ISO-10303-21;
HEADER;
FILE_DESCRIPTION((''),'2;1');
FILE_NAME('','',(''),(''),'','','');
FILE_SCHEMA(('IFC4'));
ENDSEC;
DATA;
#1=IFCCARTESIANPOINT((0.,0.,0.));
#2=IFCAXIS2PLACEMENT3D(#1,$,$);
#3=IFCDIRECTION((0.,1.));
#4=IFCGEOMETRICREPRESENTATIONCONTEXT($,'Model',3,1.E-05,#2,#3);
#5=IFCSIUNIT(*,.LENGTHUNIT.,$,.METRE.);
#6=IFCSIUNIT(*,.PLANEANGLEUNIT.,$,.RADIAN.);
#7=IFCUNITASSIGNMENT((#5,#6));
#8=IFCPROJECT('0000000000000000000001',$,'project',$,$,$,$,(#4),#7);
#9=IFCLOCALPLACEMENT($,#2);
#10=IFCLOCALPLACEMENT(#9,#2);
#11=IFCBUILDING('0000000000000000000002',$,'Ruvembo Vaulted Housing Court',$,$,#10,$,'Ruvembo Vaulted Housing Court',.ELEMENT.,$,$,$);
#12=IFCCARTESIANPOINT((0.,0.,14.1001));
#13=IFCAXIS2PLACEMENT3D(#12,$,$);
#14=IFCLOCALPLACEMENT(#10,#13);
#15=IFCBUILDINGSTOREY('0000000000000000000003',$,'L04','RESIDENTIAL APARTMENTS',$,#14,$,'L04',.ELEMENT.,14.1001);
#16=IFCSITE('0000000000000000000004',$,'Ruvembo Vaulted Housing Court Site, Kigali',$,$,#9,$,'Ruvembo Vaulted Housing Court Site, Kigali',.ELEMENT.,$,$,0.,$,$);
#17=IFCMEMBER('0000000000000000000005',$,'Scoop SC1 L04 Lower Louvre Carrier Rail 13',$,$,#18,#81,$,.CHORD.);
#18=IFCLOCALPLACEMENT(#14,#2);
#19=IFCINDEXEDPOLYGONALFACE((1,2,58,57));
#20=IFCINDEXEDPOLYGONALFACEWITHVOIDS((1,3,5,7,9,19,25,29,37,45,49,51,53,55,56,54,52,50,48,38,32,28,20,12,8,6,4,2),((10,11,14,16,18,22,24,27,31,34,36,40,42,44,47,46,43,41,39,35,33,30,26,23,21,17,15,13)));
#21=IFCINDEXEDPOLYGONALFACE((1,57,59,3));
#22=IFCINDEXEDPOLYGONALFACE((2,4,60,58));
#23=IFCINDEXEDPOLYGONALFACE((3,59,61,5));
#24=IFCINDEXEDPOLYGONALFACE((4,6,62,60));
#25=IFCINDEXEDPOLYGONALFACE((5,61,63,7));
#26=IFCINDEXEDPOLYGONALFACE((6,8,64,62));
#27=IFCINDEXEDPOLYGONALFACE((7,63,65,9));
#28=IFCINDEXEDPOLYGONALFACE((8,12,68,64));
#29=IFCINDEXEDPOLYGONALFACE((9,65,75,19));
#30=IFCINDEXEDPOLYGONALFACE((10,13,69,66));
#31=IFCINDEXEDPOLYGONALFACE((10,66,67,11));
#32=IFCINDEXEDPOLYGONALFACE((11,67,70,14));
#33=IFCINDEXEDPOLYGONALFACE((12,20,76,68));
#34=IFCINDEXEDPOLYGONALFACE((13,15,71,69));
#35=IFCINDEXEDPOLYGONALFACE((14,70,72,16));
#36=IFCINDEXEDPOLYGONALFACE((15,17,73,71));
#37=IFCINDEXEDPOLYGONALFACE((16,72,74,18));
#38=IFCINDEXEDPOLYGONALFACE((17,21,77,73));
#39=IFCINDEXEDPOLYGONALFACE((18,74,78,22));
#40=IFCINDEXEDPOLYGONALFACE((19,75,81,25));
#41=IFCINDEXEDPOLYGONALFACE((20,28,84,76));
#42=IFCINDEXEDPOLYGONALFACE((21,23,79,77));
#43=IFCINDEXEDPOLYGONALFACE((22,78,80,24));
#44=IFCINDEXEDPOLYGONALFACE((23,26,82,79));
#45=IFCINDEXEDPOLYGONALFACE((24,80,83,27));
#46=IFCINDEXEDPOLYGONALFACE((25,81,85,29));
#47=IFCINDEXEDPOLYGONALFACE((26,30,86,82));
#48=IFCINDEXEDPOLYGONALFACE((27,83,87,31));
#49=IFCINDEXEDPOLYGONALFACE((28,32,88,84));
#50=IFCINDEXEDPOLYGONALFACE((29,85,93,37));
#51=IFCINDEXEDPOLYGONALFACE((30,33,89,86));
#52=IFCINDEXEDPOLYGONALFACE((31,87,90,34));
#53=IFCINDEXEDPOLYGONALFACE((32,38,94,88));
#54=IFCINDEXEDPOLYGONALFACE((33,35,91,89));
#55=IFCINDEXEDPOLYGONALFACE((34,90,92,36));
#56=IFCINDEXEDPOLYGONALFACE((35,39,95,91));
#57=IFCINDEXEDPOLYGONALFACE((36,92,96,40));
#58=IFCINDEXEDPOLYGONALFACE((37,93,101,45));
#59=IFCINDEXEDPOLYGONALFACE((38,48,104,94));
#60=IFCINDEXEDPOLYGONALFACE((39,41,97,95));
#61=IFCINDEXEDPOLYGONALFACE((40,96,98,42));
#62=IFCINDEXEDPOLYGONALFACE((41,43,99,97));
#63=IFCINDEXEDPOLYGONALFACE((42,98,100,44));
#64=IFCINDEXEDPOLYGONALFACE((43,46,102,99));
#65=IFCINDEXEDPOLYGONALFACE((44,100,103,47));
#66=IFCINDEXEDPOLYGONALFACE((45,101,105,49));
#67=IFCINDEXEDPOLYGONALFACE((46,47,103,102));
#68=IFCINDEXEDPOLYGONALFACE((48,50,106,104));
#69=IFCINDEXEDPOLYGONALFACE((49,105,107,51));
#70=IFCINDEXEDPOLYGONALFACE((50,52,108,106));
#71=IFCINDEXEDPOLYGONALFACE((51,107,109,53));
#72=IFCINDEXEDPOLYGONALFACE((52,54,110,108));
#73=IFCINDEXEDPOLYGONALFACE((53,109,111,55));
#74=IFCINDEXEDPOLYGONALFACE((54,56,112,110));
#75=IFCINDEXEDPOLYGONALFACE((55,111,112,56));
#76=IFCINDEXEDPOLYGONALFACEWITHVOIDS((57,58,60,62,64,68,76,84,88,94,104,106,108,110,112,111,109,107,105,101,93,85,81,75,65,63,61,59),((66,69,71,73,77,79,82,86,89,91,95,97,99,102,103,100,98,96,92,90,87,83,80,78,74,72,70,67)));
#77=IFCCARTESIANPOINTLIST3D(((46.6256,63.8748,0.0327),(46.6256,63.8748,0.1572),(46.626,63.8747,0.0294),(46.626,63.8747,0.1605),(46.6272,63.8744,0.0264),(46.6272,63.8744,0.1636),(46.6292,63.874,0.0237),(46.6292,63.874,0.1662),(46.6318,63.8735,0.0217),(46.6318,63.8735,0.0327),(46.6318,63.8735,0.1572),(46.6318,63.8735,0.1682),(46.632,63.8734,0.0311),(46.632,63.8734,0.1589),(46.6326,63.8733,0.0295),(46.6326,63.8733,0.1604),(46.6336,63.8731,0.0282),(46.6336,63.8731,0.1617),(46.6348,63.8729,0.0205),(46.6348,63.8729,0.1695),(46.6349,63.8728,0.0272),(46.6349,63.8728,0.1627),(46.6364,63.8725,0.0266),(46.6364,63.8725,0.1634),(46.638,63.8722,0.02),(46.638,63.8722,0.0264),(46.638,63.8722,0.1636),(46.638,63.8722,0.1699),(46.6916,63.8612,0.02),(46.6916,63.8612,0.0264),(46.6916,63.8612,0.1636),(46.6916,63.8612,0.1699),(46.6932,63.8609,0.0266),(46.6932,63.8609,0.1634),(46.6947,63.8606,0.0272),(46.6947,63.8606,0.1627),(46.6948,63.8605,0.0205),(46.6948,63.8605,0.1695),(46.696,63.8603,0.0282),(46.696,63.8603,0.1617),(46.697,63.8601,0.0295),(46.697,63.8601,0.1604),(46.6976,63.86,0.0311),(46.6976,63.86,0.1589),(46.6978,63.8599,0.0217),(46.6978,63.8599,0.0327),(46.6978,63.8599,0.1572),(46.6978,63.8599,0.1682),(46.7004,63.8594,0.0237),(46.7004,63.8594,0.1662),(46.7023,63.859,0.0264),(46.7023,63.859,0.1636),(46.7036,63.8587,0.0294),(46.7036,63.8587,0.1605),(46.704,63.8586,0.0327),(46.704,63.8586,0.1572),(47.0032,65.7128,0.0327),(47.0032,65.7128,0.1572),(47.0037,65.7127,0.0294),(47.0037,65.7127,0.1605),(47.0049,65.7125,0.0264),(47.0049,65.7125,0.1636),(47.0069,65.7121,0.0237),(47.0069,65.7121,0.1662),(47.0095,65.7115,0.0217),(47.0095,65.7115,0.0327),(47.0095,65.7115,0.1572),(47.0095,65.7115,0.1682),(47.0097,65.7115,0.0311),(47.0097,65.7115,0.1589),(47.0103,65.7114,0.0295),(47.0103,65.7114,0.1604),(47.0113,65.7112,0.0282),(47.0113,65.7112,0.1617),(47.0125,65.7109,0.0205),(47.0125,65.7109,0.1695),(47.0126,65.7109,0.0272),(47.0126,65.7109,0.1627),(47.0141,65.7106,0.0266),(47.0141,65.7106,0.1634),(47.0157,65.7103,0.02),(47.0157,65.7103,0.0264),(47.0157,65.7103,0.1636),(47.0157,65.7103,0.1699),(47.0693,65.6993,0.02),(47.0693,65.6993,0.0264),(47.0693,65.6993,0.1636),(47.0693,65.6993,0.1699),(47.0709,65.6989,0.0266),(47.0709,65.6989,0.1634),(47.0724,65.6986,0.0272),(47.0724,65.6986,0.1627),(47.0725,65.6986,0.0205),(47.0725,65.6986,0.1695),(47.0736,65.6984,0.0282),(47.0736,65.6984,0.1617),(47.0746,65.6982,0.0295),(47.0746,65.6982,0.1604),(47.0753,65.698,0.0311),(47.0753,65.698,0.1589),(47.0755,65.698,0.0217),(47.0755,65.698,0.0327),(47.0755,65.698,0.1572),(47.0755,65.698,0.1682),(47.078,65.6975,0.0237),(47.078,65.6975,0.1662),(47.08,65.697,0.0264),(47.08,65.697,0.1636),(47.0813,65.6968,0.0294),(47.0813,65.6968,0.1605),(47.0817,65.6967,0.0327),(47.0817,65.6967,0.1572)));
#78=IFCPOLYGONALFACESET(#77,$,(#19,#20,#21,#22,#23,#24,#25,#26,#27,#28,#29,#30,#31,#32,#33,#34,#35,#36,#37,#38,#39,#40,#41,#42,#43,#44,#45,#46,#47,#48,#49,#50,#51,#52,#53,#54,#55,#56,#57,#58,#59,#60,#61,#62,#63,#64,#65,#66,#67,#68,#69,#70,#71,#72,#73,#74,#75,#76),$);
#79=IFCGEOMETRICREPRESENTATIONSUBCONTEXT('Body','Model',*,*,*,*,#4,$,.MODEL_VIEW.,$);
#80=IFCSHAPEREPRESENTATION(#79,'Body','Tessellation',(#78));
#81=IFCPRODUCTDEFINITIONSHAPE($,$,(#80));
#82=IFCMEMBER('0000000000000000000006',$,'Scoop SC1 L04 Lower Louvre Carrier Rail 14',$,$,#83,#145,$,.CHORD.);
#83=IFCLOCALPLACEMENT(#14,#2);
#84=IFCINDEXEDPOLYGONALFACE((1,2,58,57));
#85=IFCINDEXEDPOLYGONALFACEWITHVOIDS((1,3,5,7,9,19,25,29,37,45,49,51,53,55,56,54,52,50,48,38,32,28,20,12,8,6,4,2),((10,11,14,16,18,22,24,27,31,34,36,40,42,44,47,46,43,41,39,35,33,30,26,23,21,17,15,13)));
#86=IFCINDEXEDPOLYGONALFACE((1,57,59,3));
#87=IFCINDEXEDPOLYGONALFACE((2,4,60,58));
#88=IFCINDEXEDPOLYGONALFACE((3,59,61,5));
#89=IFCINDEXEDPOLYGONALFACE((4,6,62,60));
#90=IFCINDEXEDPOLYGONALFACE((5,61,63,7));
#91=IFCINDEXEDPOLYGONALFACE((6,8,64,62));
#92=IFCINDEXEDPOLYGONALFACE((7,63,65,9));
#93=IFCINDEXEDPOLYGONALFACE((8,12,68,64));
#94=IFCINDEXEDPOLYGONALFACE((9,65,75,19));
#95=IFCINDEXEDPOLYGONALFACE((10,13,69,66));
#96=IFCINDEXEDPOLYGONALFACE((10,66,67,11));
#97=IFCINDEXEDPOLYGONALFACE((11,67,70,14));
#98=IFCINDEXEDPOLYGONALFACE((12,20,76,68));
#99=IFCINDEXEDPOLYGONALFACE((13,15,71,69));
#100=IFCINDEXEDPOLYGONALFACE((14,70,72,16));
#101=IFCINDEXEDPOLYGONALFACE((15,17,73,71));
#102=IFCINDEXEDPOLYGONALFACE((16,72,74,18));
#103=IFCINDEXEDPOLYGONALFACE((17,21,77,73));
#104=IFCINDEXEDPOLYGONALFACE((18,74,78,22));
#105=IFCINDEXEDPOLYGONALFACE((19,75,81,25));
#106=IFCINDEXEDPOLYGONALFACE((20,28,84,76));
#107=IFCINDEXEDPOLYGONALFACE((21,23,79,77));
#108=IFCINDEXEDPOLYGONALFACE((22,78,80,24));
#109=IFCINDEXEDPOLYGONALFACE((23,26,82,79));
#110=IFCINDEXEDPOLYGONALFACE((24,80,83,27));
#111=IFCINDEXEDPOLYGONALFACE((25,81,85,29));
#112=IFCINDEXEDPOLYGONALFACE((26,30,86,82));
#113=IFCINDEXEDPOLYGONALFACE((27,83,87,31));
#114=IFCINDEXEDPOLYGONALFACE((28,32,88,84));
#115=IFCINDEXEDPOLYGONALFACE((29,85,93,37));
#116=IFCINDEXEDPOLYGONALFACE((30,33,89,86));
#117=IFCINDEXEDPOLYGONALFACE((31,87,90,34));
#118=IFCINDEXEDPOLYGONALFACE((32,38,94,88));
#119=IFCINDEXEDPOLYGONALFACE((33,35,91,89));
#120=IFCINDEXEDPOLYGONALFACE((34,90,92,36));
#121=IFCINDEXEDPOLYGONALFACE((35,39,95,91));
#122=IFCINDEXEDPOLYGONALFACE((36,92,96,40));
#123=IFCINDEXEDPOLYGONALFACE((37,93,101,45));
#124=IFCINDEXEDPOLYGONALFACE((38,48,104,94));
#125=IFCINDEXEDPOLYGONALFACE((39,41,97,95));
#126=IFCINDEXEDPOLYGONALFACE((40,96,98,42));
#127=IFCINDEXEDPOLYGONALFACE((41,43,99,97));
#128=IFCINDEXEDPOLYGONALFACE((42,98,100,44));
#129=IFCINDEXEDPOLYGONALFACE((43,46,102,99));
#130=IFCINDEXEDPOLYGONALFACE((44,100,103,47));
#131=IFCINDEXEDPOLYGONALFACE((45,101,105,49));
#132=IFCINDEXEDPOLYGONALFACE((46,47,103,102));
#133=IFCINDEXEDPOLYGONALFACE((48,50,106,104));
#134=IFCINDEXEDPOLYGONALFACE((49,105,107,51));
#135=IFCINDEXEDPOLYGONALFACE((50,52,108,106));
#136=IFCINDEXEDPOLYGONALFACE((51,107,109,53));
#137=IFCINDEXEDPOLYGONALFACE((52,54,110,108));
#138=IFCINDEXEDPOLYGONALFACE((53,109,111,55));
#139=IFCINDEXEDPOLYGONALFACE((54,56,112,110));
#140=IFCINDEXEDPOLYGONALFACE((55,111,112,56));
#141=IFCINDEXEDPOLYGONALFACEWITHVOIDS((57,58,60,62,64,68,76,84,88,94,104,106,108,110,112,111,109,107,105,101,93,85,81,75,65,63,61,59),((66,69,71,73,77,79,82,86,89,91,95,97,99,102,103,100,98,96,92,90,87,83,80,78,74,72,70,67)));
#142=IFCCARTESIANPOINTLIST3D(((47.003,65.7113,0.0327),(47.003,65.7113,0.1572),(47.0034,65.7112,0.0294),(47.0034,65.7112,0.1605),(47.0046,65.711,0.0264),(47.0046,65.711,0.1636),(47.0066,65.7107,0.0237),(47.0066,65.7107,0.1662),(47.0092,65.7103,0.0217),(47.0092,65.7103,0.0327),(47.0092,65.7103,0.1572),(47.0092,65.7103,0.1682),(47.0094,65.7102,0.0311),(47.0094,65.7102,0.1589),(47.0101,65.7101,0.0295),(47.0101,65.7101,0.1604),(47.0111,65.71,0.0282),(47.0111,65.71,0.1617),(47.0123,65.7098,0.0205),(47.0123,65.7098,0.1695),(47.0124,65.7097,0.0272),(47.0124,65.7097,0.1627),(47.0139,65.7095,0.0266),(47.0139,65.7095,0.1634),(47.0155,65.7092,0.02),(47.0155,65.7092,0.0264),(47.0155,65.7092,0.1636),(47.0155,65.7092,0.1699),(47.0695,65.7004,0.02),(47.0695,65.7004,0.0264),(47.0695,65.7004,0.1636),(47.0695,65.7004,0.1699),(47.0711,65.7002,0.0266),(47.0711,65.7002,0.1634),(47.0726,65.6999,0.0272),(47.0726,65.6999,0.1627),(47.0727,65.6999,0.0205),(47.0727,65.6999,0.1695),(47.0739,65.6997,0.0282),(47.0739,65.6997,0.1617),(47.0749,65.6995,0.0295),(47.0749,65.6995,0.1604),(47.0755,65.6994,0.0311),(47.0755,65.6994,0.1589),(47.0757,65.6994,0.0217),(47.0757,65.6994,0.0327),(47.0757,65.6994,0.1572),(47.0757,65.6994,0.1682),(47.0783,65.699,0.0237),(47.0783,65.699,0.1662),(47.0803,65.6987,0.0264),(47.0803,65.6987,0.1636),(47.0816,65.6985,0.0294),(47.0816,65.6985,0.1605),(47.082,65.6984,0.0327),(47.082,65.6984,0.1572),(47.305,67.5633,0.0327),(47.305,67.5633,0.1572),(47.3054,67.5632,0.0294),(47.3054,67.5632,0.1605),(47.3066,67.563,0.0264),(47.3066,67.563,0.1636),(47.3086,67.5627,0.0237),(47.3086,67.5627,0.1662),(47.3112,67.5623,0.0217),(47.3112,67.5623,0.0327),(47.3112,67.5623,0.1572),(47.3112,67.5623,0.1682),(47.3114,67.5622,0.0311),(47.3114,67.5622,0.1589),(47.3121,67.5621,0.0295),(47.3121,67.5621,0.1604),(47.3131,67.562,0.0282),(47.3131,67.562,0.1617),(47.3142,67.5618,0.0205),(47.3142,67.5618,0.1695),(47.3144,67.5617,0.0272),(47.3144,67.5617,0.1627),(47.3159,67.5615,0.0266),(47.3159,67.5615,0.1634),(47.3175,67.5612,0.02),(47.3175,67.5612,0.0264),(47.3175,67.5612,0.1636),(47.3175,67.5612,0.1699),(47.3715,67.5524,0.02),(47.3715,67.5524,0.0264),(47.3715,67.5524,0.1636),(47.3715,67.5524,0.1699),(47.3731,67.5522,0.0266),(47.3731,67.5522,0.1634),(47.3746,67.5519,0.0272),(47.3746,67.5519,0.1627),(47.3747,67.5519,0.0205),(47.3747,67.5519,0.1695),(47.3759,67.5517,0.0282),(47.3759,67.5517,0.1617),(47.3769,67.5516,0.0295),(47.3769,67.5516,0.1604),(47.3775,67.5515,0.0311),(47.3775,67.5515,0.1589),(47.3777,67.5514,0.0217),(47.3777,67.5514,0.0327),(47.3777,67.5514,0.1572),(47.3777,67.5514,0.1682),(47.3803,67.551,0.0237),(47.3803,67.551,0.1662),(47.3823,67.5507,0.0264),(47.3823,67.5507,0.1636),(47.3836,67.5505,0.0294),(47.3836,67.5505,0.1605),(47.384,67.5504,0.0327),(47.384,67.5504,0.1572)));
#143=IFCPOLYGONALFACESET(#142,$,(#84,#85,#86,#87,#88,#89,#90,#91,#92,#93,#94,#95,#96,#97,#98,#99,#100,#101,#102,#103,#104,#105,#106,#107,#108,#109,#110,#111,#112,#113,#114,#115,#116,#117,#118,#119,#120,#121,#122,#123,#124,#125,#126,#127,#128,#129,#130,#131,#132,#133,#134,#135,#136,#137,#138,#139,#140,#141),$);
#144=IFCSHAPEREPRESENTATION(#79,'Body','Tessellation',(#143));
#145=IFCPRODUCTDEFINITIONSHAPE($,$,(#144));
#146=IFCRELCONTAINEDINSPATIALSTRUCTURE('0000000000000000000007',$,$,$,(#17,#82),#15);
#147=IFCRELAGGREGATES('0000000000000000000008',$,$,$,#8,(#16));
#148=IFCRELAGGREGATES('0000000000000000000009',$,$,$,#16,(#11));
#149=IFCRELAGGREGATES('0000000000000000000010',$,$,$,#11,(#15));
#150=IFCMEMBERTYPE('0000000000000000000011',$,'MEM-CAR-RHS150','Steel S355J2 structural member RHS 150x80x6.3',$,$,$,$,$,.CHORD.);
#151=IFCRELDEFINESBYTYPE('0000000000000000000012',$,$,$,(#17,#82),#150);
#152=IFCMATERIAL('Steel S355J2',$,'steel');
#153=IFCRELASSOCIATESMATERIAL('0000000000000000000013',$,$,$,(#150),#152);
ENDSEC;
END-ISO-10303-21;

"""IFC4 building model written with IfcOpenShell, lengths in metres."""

from ifc_helpers import new_model, si_unit, direction, frame, origin, origin_2d, place, context, subcontext, project, spatial, hollow_rectangle, extrude, material, material_profile, profile_set, type_object, element, save


model = new_model("IFC4")

# Units and contexts
model_context = context("Model", 3, precision=1e-05, world=origin(), true_north=direction((0.0, 1.0)))
body_context = subcontext(model_context, "Body", "Model", "MODEL_VIEW")
ifc_project = project(units=[si_unit("LENGTHUNIT", "METRE"), si_unit("PLANEANGLEUNIT", "RADIAN")], contexts=[model_context])

# Site, building, storey
site_placement = place(None, origin())
site = spatial("IfcSite", under=ifc_project, at=site_placement, Name="Ruvembo Vaulted Housing Court Site, Kigali", LongName="Ruvembo Vaulted Housing Court Site, Kigali", CompositionType="ELEMENT", RefElevation=0.0)
building_placement = place(site_placement, origin())
building = spatial("IfcBuilding", under=site, at=building_placement, Name="Ruvembo Vaulted Housing Court", LongName="Ruvembo Vaulted Housing Court", CompositionType="ELEMENT")
storey_placement = place(building_placement, frame((0.0, 0.0, 14.1001)))
storey = spatial("IfcBuildingStorey", under=building, at=storey_placement, Name="L04", Description="RESIDENTIAL APARTMENTS", LongName="L04", CompositionType="ELEMENT", Elevation=14.1001)

# Shared definitions
ifc_material_1 = material(Name="Steel S355J2", Category="steel")

# Members
ifc_material_profile_1 = material_profile(ifc_material_1, hollow_rectangle(XDim=0.0801, YDim=0.1499, WallThickness=0.0063, InnerFilletRadius=0.0063, OuterFilletRadius=0.0127, at=origin_2d()), Name="RHS 150x80x6.3")
ifc_profile_set_1 = profile_set([ifc_material_profile_1], Name="Steel S355J2")
member_type_1 = type_object("IfcMemberType", Name="MEM-CAR-RHS150", Description="Steel S355J2 structural member RHS 150x80x6.3", PredefinedType="CHORD", material=ifc_profile_set_1)
for number, where, z_axis, x_axis, name in (
    (1, (46.6648, 63.8667, 0.095), (0.201267, 0.979536, 0.0), (-0.979536, 0.201267, 0.0), "Scoop SC1 L04 Lower Louvre Carrier Rail 13"),
    (2, (47.0425, 65.7048, 0.095), (0.160938, 0.986965, 0.0), (-0.986965, 0.160938, 0.0), "Scoop SC1 L04 Lower Louvre Carrier Rail 14"),
):
    element("IfcMember", number, at=place(storey_placement, frame(where, z_axis=z_axis, x_axis=x_axis)), inside=storey, type_object=member_type_1, Name=name, PredefinedType="CHORD", context=body_context, shape_type="SweptSolid", body=[
        extrude(hollow_rectangle(XDim=0.0801, YDim=0.1499, WallThickness=0.0063, InnerFilletRadius=0.0063, OuterFilletRadius=0.0127, at=origin_2d()), origin(), (0.0, 0.0, 1.0), 1.8765),
    ])

save(model, "model.ifc")
